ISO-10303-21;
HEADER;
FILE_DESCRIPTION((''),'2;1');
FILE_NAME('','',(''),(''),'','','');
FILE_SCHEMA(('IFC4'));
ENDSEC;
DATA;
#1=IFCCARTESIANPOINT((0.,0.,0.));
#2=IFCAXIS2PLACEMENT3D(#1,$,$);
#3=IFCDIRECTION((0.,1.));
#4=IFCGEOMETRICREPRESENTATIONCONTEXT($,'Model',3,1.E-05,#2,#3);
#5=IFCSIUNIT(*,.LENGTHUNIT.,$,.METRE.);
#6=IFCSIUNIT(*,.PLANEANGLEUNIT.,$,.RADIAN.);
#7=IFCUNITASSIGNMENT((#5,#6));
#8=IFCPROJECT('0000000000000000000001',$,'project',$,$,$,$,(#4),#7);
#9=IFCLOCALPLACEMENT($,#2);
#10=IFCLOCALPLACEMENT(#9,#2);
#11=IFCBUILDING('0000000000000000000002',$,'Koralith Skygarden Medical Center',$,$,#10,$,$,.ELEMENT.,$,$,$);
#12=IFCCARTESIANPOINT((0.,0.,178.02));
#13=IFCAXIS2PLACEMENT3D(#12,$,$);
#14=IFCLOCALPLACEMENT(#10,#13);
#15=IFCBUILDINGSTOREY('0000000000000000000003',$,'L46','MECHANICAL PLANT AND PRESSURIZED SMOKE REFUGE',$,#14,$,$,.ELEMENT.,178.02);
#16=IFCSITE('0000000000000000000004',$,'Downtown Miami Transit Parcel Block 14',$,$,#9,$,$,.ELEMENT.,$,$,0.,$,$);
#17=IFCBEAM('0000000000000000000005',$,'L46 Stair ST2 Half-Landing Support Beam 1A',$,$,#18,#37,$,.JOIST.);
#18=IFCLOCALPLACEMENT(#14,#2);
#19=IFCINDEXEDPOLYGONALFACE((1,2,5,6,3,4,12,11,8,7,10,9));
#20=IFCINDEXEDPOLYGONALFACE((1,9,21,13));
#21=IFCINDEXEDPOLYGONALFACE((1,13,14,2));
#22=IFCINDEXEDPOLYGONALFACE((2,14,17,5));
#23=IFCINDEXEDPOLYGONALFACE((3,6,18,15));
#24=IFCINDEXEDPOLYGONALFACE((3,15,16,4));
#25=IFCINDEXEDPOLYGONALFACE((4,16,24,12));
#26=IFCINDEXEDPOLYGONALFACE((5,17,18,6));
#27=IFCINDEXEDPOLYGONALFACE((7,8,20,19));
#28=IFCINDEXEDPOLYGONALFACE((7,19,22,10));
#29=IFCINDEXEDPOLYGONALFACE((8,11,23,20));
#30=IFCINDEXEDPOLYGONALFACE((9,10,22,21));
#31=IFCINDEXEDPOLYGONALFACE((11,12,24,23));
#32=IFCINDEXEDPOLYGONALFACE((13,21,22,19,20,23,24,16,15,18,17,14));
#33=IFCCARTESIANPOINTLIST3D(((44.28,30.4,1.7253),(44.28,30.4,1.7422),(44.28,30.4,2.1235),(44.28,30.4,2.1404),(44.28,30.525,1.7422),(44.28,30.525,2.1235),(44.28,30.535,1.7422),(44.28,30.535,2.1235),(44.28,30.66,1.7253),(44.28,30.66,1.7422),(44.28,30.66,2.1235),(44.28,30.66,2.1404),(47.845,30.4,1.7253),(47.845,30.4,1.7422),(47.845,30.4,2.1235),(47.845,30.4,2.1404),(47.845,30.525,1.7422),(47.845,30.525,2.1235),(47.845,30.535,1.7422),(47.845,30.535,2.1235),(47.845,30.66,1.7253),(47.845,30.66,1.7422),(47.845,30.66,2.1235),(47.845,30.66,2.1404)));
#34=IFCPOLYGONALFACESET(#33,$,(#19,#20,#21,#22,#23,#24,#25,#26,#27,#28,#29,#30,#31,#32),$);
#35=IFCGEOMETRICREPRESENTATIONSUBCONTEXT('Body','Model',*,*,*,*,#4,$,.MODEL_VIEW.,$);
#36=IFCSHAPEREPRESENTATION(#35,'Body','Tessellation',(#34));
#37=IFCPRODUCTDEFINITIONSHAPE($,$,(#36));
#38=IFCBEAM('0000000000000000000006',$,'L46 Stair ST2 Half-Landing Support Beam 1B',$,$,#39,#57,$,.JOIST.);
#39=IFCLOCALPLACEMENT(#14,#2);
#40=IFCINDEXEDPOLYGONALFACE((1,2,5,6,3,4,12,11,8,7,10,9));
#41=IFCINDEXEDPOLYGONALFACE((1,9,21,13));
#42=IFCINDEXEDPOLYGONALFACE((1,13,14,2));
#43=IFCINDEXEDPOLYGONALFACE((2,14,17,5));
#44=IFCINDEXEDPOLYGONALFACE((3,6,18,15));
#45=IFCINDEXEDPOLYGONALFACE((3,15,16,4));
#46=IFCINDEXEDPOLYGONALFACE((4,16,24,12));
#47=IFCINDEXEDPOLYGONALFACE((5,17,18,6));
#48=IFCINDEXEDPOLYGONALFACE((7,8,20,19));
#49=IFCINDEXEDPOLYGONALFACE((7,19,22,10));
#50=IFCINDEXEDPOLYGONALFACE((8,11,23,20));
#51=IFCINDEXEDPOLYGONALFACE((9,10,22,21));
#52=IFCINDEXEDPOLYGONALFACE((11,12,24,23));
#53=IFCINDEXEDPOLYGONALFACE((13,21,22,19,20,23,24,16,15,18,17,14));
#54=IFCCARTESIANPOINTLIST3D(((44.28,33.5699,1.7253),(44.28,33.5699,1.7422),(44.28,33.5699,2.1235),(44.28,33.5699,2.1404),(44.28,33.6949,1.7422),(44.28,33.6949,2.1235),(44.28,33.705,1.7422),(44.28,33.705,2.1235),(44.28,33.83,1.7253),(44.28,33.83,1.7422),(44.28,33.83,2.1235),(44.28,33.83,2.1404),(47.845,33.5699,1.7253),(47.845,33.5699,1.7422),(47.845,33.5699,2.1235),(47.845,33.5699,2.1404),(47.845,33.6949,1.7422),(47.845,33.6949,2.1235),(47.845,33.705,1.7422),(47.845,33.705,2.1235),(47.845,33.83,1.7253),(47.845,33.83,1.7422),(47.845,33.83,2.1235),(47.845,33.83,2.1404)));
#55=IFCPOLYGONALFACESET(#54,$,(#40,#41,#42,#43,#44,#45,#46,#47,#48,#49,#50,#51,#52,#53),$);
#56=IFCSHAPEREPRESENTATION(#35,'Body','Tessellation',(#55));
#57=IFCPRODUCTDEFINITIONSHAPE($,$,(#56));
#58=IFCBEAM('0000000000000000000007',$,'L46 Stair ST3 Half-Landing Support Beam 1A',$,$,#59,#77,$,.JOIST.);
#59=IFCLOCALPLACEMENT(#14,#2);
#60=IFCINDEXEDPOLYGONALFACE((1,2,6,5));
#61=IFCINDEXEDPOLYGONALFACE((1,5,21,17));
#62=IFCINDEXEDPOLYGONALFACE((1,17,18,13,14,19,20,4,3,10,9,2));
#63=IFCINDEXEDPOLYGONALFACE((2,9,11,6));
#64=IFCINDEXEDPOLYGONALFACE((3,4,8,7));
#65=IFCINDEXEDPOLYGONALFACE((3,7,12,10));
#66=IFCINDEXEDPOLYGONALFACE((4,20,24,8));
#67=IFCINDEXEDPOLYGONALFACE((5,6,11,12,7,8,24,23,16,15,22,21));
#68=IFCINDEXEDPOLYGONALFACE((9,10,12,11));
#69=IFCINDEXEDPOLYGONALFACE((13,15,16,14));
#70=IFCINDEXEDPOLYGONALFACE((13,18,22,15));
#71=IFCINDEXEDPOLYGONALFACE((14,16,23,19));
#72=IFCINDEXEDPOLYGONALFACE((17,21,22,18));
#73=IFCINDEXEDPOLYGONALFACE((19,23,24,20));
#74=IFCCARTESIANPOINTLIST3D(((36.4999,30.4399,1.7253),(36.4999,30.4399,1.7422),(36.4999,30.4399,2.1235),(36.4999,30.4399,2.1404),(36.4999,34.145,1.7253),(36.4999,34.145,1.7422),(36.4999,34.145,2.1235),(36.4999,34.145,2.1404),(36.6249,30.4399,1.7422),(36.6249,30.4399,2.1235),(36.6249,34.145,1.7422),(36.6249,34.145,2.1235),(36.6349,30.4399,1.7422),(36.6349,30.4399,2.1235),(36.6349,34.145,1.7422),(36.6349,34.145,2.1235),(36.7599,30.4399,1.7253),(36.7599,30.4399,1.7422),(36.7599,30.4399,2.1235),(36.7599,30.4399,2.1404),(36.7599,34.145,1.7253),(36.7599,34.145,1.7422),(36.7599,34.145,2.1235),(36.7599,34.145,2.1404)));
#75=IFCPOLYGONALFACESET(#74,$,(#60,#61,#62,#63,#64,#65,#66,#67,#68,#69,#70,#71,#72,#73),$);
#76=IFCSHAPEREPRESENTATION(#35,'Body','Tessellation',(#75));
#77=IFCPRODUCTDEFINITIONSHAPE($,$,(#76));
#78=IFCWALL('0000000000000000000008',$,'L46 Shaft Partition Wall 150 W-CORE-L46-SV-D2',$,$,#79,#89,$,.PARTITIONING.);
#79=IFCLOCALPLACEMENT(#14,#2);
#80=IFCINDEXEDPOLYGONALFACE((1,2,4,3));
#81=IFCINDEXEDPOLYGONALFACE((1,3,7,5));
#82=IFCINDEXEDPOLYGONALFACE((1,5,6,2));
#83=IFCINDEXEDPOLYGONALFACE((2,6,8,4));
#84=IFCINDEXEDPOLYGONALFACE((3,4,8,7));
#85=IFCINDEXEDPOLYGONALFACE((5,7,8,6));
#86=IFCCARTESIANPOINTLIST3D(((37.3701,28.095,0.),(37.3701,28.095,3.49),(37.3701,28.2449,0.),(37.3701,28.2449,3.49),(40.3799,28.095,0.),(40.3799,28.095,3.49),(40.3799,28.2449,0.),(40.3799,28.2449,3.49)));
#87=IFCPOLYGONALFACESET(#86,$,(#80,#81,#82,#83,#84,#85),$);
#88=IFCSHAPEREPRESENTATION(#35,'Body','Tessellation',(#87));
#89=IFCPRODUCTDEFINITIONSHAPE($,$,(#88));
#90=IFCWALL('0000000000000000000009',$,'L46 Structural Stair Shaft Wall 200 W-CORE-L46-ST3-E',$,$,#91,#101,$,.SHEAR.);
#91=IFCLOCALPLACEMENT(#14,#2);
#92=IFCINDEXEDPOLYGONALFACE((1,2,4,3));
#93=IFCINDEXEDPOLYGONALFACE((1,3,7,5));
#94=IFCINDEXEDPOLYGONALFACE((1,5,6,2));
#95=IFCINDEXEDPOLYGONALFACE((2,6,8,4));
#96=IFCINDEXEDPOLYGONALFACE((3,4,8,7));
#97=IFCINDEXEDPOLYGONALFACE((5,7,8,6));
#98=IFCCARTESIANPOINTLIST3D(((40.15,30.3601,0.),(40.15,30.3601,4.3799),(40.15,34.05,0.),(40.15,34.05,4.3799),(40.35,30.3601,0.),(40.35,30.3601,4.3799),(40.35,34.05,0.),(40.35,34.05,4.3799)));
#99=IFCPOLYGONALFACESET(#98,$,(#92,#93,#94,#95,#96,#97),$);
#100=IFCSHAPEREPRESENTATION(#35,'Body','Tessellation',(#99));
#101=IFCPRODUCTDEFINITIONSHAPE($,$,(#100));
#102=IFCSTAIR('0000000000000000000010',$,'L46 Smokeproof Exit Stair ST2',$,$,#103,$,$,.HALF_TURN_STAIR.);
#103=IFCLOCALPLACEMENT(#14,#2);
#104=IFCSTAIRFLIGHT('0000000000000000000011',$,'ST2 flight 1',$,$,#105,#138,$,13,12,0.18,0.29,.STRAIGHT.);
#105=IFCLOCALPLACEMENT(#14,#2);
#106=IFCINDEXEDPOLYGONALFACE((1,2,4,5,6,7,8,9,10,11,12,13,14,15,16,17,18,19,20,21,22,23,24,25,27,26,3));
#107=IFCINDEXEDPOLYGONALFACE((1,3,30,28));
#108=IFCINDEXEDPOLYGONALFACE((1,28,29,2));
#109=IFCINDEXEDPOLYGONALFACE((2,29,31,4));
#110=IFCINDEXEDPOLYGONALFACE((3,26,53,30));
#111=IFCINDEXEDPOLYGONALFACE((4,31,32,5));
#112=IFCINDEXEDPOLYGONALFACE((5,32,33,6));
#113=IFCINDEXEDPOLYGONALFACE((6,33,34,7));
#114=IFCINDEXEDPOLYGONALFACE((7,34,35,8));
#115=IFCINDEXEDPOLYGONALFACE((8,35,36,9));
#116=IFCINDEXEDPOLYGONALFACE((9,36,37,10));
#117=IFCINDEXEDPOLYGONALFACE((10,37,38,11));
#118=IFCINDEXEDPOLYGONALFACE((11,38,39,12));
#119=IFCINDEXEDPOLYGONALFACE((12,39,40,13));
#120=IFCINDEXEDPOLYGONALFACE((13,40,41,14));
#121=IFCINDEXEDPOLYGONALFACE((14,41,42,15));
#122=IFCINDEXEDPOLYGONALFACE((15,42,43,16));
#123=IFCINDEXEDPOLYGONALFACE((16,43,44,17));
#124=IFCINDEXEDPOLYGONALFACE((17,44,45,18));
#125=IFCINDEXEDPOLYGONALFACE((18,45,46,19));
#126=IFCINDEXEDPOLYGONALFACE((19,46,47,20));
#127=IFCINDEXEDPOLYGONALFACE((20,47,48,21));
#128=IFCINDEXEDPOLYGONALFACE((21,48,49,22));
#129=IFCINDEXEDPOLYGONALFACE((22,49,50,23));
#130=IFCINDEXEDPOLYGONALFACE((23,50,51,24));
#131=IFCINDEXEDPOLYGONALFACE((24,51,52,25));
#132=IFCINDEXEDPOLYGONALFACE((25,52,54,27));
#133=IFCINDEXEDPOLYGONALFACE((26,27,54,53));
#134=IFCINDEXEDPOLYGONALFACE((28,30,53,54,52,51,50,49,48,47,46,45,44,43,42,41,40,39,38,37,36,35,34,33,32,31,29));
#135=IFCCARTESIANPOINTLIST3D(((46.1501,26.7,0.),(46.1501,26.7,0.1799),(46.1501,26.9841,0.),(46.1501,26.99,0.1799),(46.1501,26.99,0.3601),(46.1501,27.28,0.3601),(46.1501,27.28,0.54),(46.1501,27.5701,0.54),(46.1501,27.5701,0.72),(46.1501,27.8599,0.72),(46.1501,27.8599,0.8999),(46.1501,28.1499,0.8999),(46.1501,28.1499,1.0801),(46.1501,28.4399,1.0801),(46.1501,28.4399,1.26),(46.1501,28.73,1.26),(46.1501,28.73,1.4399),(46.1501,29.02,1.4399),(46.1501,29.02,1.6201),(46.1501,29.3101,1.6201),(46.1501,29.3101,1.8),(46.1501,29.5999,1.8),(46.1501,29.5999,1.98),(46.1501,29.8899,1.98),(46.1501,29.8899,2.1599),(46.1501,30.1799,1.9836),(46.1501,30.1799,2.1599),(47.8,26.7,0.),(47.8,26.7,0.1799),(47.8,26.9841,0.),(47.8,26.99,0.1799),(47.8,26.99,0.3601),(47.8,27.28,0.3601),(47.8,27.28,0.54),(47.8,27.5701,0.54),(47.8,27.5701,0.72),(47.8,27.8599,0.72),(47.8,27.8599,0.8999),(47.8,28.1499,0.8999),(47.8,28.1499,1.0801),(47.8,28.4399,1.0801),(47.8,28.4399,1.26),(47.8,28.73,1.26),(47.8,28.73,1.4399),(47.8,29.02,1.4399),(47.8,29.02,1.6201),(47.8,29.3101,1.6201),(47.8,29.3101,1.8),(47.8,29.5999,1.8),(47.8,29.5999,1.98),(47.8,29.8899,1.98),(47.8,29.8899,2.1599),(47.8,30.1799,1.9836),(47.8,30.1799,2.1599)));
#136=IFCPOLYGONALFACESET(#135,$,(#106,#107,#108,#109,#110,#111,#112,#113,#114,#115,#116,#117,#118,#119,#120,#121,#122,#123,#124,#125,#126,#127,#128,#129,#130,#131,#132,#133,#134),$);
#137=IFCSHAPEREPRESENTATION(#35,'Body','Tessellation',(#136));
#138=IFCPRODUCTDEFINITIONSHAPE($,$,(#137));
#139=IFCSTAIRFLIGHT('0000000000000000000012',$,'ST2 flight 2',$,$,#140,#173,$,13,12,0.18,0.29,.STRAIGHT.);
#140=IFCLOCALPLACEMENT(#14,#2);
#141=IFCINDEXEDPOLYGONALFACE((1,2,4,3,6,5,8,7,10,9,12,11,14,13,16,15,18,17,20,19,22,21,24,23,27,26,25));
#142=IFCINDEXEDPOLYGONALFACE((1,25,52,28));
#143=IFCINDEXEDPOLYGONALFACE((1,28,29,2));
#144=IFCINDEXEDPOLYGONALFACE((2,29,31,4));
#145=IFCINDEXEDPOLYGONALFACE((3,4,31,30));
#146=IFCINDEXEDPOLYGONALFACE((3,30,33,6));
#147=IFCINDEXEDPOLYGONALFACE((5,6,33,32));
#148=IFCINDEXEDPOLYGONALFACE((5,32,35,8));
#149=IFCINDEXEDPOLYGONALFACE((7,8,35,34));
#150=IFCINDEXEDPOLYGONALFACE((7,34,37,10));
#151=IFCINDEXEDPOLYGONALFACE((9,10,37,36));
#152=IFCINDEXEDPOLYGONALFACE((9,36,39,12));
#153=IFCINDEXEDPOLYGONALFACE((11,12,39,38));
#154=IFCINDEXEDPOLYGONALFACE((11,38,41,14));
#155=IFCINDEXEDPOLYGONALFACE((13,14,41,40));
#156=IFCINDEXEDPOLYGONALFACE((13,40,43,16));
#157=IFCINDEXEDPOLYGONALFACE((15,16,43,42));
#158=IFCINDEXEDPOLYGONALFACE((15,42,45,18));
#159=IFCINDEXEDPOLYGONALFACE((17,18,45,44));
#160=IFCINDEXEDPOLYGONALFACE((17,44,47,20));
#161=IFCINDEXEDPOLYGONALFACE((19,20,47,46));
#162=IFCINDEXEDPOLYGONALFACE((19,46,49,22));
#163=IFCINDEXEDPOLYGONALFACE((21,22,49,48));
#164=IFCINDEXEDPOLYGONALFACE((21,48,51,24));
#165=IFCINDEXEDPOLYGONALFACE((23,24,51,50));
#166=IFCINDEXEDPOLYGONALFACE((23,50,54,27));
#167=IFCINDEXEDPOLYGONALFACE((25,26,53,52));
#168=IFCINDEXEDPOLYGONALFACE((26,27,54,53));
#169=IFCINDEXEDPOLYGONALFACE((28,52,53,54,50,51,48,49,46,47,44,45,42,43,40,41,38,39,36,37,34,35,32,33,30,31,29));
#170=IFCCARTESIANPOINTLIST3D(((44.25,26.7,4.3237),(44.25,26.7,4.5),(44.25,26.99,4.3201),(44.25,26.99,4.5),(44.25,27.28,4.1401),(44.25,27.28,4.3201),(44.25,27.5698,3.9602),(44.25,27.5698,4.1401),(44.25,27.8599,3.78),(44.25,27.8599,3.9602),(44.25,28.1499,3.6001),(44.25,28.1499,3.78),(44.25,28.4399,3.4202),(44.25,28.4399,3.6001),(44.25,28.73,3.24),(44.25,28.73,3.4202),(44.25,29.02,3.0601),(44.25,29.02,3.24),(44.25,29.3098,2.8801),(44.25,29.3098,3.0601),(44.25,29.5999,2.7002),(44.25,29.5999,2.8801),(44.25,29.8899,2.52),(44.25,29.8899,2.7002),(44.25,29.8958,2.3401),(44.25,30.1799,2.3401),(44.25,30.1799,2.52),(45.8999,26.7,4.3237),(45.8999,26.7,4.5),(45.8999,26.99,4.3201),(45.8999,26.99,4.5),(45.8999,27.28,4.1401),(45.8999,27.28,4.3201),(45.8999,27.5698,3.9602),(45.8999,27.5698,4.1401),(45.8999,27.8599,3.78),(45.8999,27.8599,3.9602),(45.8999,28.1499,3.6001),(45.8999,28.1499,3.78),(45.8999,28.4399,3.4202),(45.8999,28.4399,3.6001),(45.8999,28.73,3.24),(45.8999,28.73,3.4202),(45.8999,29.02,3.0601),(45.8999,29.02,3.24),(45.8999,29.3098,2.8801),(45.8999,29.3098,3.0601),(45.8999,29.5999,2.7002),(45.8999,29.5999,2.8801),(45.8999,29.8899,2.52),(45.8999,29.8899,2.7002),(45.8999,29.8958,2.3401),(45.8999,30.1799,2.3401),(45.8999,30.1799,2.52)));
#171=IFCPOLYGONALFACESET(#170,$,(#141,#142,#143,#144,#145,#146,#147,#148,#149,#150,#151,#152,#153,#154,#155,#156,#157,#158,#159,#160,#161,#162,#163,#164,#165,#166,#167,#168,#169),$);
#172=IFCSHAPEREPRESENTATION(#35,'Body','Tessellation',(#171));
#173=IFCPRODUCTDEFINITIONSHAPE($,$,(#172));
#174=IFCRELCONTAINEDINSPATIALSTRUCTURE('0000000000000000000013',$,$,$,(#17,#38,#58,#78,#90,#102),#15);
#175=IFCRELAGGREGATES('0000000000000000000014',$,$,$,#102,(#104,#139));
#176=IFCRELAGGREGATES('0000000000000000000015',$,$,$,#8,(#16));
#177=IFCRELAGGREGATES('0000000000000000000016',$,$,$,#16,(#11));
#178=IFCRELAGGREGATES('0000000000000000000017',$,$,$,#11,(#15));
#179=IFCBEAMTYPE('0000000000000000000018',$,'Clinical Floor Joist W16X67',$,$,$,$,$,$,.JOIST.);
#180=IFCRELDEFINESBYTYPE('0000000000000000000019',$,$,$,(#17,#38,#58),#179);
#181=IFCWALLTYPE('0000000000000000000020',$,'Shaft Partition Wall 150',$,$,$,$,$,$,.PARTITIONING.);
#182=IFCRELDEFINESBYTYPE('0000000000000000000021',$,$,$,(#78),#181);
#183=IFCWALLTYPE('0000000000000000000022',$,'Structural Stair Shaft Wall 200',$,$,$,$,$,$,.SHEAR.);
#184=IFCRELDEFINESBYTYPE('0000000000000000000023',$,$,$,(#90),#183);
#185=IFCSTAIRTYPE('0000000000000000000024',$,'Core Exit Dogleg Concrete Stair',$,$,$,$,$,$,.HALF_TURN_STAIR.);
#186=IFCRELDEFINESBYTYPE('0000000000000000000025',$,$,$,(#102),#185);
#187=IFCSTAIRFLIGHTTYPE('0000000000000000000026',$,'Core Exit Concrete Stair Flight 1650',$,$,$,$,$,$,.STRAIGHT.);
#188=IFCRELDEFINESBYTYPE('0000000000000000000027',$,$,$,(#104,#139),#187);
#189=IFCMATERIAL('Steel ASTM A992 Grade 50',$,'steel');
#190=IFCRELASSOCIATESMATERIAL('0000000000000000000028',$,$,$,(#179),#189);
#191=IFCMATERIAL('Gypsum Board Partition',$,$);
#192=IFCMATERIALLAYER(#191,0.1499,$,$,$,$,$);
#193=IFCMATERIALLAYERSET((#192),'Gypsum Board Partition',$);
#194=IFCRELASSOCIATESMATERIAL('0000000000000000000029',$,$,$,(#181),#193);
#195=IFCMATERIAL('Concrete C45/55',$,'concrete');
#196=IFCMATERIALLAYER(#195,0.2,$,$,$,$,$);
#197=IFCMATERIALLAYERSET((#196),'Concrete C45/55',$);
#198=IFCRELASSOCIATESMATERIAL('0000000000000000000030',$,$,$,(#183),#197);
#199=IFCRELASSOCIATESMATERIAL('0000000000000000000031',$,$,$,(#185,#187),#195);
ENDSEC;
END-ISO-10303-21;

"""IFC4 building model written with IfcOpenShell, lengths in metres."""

from ifc_helpers import new_model, si_unit, direction, frame, frame_2d, origin, origin_2d, place, context, subcontext, project, spatial, polyline, rectangle, i_section, outline, extrude, material, layer, layer_set, material_profile, profile_set, type_object, element, aggregate, save


model = new_model("IFC4")

# Units and contexts
model_context = context("Model", 3, precision=1e-05, world=origin(), true_north=direction((0.0, 1.0)))
body_context = subcontext(model_context, "Body", "Model", "MODEL_VIEW")
ifc_project = project(units=[si_unit("LENGTHUNIT", "METRE"), si_unit("PLANEANGLEUNIT", "RADIAN")], contexts=[model_context])

# Site, building, storey
site_placement = place(None, origin())
site = spatial("IfcSite", under=ifc_project, at=site_placement, Name="Downtown Miami Transit Parcel Block 14", CompositionType="ELEMENT", RefElevation=0.0)
building_placement = place(site_placement, origin())
building = spatial("IfcBuilding", under=site, at=building_placement, Name="Koralith Skygarden Medical Center", CompositionType="ELEMENT")
storey_placement = place(building_placement, frame((0.0, 0.0, 178.02)))
storey = spatial("IfcBuildingStorey", under=building, at=storey_placement, Name="L46", Description="MECHANICAL PLANT AND PRESSURIZED SMOKE REFUGE", CompositionType="ELEMENT", Elevation=178.02)

# Beams
ifc_material_1 = material(Name="Steel ASTM A992 Grade 50", Category="steel")
ifc_material_profile = material_profile(ifc_material_1, i_section(OverallWidth=0.26, OverallDepth=0.415, WebThickness=0.01, FlangeThickness=0.0168, at=origin_2d()), Name="W16X67")
ifc_profile_set = profile_set([ifc_material_profile], Name="Steel ASTM A992 Grade 50")
beam_type = type_object("IfcBeamType", Name="Clinical Floor Joist W16X67", PredefinedType="JOIST", material=ifc_profile_set)
for number, where, z_axis, x_axis, name in (
    (1, (44.28, 30.53, 1.9329), (1.0, 0.0, 0.0), (0.0, 1.0, 0.0), "L46 Stair ST2 Half-Landing Support Beam 1A"),
    (2, (44.28, 33.7, 1.9329), (1.0, 0.0, 0.0), (0.0, 1.0, 0.0), "L46 Stair ST2 Half-Landing Support Beam 1B"),
):
    element("IfcBeam", number, at=place(storey_placement, frame(where, z_axis=z_axis, x_axis=x_axis)), inside=storey, type_object=beam_type, Name=name, PredefinedType="JOIST", context=body_context, shape_type="SweptSolid", body=[
        extrude(i_section(OverallWidth=0.26, OverallDepth=0.415, WebThickness=0.01, FlangeThickness=0.0168, at=origin_2d()), origin(), (0.0, 0.0, 1.0), 3.5649),
    ])
beam_placement = place(storey_placement, frame((36.6299, 30.4399, 1.9329), z_axis=(0.0, 1.0, 0.0), x_axis=(-1.0, 0.0, 0.0)))
element("IfcBeam", 3, at=beam_placement, inside=storey, type_object=beam_type, Name="L46 Stair ST3 Half-Landing Support Beam 1A", PredefinedType="JOIST", context=body_context, shape_type="SweptSolid", body=[
    extrude(i_section(OverallWidth=0.26, OverallDepth=0.415, WebThickness=0.01, FlangeThickness=0.0168, at=origin_2d()), origin(), (0.0, 0.0, 1.0), 3.7051),
])

# Walls
ifc_material_2 = material(Name="Gypsum Board Partition")
ifc_layer_1 = layer(ifc_material_2, 0.1499)
ifc_layer_set_1 = layer_set([ifc_layer_1], Name="Gypsum Board Partition")
wall_type_1 = type_object("IfcWallType", Name="Shaft Partition Wall 150", PredefinedType="PARTITIONING", material=ifc_layer_set_1)
wall_1_placement = place(storey_placement, frame((37.3701, 28.1699, 0.0), z_axis=(0.0, 0.0, 1.0), x_axis=(1.0, 0.0, 0.0)))
element("IfcWall", 4, at=wall_1_placement, inside=storey, type_object=wall_type_1, Name="L46 Shaft Partition Wall 150 W-CORE-L46-SV-D2", PredefinedType="PARTITIONING", context=body_context, shape_type="SweptSolid", body=[
    extrude(rectangle(XDim=3.0098, YDim=0.1499, at=frame_2d((1.5049, 0.0))), origin(), (0.0, 0.0, 1.0), 3.49),
])
ifc_material_3 = material(Name="Concrete C45/55", Category="concrete")
ifc_layer_2 = layer(ifc_material_3, 0.2)
ifc_layer_set_2 = layer_set([ifc_layer_2], Name="Concrete C45/55")
wall_type_2 = type_object("IfcWallType", Name="Structural Stair Shaft Wall 200", PredefinedType="SHEAR", material=ifc_layer_set_2)
wall_2_placement = place(storey_placement, frame((40.25, 30.3601, 0.0), z_axis=(0.0, 0.0, 1.0), x_axis=(0.0, 1.0, 0.0)))
element("IfcWall", 5, at=wall_2_placement, inside=storey, type_object=wall_type_2, Name="L46 Structural Stair Shaft Wall 200 W-CORE-L46-ST3-E", PredefinedType="SHEAR", context=body_context, shape_type="SweptSolid", body=[
    extrude(rectangle(XDim=3.6899, YDim=0.2, at=frame_2d((1.845, 0.0))), origin(), (0.0, 0.0, 1.0), 4.3799),
])

# Stair, stair flights
stair_type = type_object("IfcStairType", Name="Core Exit Dogleg Concrete Stair", PredefinedType="HALF_TURN_STAIR", material=ifc_material_3)
stair_1_placement = place(storey_placement, origin())
stair_1 = element("IfcStair", 6, at=stair_1_placement, inside=storey, type_object=stair_type, Name="L46 Smokeproof Exit Stair ST2", PredefinedType="HALF_TURN_STAIR")
stair_flight_type = type_object("IfcStairFlightType", Name="Core Exit Concrete Stair Flight 1650", PredefinedType="STRAIGHT", material=ifc_material_3)
stair_flight_1_placement = place(storey_placement, frame((46.9751, 26.7, 0.0), z_axis=(0.0, 0.0, 1.0), x_axis=(0.0, 1.0, 0.0)))
stair_flight_1 = element("IfcStairFlight", 7, at=stair_flight_1_placement, type_object=stair_flight_type, Name="ST2 flight 1", NumberOfRisers=13, NumberOfTreads=12, PredefinedType="STRAIGHT", RiserHeight=0.18, TreadLength=0.29, context=body_context, shape_type="SweptSolid", body=[
    extrude(outline(polyline([(0.0, 0.0), (0.0, 0.1799), (0.29, 0.1799), (0.29, 0.3601), (0.5801, 0.3601), (0.5801, 0.54), (0.8701, 0.54), (0.8701, 0.72), (1.1599, 0.72), (1.1599, 0.8999), (1.45, 0.8999), (1.45, 1.0801), (1.74, 1.0801), (1.74, 1.26), (2.03, 1.26), (2.03, 1.4399), (2.3201, 1.4399), (2.3201, 1.6201), (2.6101, 1.6201), (2.6101, 1.8), (2.8999, 1.8), (2.8999, 1.98), (3.1899, 1.98), (3.1899, 2.1599), (3.48, 2.1599), (3.48, 2.3401), (3.48, 1.9836), (0.2842, 0.0), (0.0, 0.0)])), frame((0.0, 0.825, 0.0), z_axis=(0.0, -1.0, 0.0), x_axis=(1.0, 0.0, 0.0)), (0.0, 0.0, 1.0), 1.6499),
])
stair_flight_2_placement = place(storey_placement, frame((45.075, 30.1799, 2.3401), z_axis=(0.0, 0.0, 1.0), x_axis=(0.0, -1.0, 0.0)))
stair_flight_2 = element("IfcStairFlight", 8, at=stair_flight_2_placement, type_object=stair_flight_type, Name="ST2 flight 2", NumberOfRisers=13, NumberOfTreads=12, PredefinedType="STRAIGHT", RiserHeight=0.18, TreadLength=0.29, context=body_context, shape_type="SweptSolid", body=[
    extrude(outline(polyline([(0.0, 0.0), (0.0, 0.1799), (0.29, 0.1799), (0.29, 0.3601), (0.5801, 0.3601), (0.5801, 0.54), (0.8701, 0.54), (0.8701, 0.72), (1.1599, 0.72), (1.1599, 0.8999), (1.45, 0.8999), (1.45, 1.0801), (1.74, 1.0801), (1.74, 1.26), (2.03, 1.26), (2.03, 1.4399), (2.3201, 1.4399), (2.3201, 1.6201), (2.6101, 1.6201), (2.6101, 1.8), (2.8999, 1.8), (2.8999, 1.98), (3.1899, 1.98), (3.1899, 2.1599), (3.48, 2.1599), (3.48, 2.3401), (3.48, 1.9836), (0.2842, 0.0), (0.0, 0.0)])), frame((0.0, 0.825, 0.0), z_axis=(0.0, -1.0, 0.0), x_axis=(1.0, 0.0, 0.0)), (0.0, 0.0, 1.0), 1.6499),
])
aggregate(stair_1, [stair_flight_1, stair_flight_2])

save(model, "model.ifc")
